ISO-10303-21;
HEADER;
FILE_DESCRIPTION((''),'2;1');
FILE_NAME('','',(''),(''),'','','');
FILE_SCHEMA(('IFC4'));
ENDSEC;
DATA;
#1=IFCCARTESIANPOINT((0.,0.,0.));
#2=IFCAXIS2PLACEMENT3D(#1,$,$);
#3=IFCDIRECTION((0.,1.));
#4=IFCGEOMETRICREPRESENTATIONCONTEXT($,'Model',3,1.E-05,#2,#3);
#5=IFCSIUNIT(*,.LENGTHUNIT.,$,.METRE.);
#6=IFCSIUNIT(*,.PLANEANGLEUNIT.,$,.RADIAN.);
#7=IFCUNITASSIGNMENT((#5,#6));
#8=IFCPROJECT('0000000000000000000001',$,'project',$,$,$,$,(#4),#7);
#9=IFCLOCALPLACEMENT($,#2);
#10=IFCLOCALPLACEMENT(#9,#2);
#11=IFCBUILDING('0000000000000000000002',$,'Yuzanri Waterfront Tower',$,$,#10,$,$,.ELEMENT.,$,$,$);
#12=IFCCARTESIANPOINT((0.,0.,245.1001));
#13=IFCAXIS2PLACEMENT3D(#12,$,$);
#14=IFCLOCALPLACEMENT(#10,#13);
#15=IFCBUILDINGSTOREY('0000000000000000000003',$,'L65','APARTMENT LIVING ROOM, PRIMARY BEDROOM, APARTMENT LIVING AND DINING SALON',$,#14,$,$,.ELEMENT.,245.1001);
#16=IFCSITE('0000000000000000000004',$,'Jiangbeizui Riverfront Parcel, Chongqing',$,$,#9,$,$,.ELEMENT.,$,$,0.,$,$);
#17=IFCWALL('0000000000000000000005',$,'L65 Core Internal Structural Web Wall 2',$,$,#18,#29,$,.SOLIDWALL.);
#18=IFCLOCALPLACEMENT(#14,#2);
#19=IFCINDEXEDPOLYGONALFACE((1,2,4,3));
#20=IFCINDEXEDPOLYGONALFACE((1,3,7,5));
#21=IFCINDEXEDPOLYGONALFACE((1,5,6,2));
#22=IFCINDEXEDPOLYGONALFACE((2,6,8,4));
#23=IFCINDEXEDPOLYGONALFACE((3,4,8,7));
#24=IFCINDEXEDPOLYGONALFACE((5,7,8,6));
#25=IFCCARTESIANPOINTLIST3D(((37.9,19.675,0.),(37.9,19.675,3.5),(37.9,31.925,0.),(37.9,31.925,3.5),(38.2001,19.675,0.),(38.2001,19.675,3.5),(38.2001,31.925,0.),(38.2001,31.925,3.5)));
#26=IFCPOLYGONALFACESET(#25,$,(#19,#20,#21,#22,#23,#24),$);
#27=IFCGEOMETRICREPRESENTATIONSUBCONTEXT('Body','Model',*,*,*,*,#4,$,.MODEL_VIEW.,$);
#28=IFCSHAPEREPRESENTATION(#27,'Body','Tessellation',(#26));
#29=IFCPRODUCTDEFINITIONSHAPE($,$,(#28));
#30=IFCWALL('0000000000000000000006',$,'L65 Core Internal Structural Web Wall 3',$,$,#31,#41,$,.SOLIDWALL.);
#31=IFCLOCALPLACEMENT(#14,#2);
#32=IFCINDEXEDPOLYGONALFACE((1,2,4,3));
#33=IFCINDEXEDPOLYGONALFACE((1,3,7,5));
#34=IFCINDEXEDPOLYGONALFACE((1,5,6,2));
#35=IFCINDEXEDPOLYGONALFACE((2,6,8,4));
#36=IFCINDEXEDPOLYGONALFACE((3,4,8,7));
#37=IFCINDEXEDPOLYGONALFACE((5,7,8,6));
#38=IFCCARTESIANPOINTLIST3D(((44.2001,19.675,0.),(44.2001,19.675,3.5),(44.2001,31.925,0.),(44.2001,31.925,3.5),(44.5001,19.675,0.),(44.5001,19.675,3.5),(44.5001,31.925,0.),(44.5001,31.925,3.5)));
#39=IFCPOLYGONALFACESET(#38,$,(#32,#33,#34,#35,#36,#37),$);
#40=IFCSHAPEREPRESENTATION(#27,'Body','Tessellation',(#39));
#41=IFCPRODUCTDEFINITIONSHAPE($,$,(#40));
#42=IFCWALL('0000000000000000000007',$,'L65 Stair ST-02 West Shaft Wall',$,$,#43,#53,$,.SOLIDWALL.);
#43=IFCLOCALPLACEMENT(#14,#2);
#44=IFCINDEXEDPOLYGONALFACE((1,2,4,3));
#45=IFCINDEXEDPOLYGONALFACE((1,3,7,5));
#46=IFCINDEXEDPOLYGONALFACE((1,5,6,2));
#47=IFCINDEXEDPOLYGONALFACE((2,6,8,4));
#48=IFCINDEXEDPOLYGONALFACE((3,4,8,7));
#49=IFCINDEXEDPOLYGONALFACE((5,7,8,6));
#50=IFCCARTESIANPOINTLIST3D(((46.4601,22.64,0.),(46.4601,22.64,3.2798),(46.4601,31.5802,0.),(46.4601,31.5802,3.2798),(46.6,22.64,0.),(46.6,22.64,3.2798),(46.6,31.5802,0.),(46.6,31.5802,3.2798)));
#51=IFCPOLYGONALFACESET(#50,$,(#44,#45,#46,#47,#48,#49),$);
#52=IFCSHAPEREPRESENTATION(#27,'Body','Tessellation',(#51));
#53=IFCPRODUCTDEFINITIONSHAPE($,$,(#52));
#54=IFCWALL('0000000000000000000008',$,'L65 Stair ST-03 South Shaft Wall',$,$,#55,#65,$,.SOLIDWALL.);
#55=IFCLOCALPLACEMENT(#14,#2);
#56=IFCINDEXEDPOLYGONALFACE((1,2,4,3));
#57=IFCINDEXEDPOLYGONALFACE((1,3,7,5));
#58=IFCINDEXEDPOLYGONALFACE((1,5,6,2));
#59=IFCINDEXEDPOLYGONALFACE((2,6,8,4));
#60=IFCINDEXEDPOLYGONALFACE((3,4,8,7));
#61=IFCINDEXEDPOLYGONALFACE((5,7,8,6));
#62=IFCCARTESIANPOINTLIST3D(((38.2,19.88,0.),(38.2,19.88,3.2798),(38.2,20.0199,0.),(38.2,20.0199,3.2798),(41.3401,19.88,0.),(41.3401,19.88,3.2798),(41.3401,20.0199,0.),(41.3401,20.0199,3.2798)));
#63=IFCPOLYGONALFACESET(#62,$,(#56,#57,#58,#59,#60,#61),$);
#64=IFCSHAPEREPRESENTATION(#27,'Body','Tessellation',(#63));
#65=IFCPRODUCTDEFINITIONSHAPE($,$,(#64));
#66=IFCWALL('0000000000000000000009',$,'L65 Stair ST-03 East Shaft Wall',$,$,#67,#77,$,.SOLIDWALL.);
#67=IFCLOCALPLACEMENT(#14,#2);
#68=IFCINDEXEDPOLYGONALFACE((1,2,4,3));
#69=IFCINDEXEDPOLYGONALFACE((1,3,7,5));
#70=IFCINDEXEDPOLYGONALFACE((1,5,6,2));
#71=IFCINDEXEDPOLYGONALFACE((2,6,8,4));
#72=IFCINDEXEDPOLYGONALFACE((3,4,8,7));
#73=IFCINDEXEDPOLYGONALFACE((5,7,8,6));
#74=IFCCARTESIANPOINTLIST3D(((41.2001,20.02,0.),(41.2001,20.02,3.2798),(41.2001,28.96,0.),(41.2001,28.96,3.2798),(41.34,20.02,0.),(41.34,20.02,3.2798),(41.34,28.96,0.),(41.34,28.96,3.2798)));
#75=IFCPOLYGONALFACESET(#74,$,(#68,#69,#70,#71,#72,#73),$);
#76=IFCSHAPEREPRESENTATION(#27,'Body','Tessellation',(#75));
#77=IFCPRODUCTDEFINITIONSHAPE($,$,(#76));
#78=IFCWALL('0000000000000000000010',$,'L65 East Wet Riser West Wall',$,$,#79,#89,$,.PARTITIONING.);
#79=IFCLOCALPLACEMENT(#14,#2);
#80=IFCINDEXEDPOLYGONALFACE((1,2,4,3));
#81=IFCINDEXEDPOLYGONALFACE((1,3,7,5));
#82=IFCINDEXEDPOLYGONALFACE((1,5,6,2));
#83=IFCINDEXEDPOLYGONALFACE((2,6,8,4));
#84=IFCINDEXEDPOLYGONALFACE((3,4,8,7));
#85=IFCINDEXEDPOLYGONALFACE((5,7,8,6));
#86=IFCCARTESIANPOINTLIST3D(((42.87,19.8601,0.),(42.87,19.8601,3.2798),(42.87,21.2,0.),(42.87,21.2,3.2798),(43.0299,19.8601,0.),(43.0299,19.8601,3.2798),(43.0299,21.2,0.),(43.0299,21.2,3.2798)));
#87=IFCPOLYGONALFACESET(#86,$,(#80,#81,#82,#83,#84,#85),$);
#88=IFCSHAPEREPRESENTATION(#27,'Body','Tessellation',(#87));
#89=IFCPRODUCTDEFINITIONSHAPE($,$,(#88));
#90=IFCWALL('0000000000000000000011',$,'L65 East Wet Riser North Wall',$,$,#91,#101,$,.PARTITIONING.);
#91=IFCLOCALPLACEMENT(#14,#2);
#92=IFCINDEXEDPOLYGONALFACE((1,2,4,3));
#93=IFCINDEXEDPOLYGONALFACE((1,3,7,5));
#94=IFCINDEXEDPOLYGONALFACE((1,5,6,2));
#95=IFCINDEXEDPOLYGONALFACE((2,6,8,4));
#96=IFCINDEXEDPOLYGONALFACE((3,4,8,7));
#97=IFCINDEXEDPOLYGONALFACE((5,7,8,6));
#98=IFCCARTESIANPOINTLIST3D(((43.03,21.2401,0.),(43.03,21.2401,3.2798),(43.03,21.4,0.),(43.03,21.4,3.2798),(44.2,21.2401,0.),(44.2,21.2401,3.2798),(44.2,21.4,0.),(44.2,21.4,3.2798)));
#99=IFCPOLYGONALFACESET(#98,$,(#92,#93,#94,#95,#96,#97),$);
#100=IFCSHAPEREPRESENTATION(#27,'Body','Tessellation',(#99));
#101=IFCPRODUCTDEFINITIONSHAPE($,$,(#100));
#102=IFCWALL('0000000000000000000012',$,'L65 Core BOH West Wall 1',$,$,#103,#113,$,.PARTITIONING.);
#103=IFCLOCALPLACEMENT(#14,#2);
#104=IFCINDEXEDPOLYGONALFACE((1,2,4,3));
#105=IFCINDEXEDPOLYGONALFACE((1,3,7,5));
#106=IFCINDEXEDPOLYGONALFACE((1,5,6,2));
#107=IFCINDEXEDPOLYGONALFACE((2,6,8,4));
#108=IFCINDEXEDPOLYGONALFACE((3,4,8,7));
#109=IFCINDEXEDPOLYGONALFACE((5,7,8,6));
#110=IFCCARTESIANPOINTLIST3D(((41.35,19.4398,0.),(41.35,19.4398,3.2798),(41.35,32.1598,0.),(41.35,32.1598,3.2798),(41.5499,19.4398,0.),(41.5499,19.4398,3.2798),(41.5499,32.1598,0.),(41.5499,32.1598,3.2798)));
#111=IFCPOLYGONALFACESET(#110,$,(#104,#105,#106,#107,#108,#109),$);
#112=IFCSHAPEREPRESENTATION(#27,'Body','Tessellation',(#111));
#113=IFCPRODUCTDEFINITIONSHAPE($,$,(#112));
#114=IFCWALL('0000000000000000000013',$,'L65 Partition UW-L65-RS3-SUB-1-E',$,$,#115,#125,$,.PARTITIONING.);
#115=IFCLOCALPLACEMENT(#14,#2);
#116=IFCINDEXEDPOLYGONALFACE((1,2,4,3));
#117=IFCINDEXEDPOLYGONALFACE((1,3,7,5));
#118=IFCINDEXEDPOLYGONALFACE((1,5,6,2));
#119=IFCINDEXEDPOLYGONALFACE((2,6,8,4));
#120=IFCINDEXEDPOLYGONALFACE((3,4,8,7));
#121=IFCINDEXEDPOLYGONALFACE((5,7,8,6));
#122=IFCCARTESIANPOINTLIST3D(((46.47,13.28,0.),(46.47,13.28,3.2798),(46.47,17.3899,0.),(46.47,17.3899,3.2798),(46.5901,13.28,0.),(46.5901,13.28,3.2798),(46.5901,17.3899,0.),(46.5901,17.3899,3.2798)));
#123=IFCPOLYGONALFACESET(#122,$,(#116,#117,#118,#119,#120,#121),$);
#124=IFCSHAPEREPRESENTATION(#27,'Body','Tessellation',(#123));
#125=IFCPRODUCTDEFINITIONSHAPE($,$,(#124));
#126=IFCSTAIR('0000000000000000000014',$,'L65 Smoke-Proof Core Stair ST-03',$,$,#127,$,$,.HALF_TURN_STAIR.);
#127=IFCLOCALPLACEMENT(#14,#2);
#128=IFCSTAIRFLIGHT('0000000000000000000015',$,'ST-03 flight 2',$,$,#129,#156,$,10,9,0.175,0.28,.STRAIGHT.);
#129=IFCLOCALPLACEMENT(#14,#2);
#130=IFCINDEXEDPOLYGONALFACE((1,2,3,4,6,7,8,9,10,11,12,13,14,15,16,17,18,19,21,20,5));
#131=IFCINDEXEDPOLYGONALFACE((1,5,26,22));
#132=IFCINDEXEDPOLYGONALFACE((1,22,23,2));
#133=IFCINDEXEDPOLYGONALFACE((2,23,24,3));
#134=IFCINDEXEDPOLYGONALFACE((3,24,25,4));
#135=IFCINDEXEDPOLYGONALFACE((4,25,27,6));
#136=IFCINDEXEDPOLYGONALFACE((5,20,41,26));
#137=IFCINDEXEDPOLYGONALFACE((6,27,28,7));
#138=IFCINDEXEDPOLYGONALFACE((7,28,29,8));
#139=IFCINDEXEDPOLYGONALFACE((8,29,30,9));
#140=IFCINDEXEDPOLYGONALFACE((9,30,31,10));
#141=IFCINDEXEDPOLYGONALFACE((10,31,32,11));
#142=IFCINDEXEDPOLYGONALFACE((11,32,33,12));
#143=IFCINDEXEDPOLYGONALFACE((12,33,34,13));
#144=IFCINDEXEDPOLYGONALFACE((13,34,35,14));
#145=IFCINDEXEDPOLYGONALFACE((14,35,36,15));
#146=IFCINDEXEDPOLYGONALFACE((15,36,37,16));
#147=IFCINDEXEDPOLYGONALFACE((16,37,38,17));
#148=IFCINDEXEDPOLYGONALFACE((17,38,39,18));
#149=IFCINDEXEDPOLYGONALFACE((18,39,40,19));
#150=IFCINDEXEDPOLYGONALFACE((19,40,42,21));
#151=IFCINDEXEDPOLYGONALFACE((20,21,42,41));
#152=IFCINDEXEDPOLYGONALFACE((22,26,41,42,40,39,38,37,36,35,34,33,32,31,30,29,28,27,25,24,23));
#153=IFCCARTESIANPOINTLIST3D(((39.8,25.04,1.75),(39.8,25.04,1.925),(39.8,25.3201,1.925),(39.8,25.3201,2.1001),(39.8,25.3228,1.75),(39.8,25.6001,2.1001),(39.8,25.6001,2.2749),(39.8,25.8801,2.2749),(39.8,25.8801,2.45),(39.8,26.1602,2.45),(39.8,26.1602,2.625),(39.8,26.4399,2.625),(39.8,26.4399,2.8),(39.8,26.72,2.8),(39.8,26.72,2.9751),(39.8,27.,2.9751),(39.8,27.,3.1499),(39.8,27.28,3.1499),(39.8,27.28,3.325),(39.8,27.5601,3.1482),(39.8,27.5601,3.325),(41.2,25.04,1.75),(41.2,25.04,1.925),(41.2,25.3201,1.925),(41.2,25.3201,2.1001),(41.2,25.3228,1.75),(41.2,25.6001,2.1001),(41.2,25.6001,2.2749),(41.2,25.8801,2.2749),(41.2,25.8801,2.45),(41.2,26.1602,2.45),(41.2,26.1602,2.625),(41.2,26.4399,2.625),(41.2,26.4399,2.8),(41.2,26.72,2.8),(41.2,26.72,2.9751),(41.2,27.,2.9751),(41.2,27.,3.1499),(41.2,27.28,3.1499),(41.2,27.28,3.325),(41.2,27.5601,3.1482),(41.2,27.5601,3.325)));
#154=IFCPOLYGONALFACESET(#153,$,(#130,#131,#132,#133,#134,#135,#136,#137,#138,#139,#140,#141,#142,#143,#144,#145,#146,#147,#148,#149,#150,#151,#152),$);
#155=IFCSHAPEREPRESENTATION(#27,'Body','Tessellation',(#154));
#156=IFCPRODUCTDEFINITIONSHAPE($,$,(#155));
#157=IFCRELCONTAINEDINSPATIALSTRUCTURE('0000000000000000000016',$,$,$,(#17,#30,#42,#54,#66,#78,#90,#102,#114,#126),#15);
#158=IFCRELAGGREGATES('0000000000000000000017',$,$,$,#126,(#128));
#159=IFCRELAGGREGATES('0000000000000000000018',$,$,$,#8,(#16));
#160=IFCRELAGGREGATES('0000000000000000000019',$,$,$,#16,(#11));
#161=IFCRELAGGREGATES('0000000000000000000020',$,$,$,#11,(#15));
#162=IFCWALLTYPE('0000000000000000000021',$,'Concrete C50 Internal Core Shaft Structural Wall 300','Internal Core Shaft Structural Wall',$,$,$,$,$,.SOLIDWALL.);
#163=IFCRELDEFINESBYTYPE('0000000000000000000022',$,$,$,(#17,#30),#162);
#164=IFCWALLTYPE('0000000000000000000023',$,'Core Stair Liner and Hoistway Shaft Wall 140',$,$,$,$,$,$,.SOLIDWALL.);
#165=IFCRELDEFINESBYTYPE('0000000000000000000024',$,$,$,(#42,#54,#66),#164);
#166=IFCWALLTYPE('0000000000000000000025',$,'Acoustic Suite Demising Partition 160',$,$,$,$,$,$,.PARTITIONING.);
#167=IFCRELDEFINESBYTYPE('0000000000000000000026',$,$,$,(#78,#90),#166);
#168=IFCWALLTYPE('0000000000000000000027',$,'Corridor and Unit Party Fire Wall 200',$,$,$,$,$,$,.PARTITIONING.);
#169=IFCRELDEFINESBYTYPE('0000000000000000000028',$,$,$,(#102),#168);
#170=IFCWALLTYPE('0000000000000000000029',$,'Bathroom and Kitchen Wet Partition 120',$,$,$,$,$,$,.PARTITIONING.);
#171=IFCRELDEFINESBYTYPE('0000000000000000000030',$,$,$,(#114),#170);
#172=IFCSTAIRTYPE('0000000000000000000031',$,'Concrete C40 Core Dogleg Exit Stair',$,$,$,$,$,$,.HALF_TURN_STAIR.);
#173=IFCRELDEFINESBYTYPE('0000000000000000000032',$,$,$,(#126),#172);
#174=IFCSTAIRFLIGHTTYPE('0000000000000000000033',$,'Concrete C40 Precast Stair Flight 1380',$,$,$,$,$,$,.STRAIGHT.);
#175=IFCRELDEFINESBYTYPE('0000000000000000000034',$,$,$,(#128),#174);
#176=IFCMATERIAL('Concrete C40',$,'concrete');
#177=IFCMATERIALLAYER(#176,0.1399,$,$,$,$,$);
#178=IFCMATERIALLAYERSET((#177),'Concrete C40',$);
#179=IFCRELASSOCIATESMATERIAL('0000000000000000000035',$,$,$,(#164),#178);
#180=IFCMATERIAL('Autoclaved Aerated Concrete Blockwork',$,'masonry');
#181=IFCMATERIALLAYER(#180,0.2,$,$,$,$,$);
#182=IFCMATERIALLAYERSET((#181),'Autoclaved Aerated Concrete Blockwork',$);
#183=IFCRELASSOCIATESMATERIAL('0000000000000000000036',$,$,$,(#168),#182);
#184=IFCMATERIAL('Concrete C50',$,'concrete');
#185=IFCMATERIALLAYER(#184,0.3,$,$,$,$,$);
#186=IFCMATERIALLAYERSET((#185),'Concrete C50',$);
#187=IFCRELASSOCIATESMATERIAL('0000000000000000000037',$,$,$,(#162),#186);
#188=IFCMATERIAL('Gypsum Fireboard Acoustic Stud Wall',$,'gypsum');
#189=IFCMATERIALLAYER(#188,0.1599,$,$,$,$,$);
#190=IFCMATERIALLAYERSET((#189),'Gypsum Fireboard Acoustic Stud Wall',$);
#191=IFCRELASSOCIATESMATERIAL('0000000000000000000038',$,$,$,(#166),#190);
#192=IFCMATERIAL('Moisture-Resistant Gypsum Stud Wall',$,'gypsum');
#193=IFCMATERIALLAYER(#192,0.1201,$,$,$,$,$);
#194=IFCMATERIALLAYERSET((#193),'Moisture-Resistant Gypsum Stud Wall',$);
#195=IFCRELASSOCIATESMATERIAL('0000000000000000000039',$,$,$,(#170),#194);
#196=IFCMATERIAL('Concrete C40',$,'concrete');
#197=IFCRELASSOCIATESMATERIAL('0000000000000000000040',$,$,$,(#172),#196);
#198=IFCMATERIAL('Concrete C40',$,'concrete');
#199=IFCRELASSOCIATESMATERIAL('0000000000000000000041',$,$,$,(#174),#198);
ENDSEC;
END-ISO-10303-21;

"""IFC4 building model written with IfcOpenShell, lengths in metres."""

from ifc_helpers import new_model, si_unit, direction, frame, frame_2d, origin, place, context, subcontext, project, spatial, polyline, rectangle, outline, extrude, source, transform, mapped, material, layer, layer_set, type_object, element, aggregate, save


model = new_model("IFC4")

# Units and contexts
model_context = context("Model", 3, precision=1e-05, world=origin(), true_north=direction((0.0, 1.0)))
body_context = subcontext(model_context, "Body", "Model", "MODEL_VIEW")
ifc_project = project(units=[si_unit("LENGTHUNIT", "METRE"), si_unit("PLANEANGLEUNIT", "RADIAN")], contexts=[model_context])

# Site, building, storey
site_placement = place(None, origin())
site = spatial("IfcSite", under=ifc_project, at=site_placement, Name="Jiangbeizui Riverfront Parcel, Chongqing", CompositionType="ELEMENT", RefElevation=0.0)
building_placement = place(site_placement, origin())
building = spatial("IfcBuilding", under=site, at=building_placement, Name="Yuzanri Waterfront Tower", CompositionType="ELEMENT")
storey_placement = place(building_placement, frame((0.0, 0.0, 245.1001)))
storey = spatial("IfcBuildingStorey", under=building, at=storey_placement, Name="L65", Description="APARTMENT LIVING ROOM, PRIMARY BEDROOM, APARTMENT LIVING AND DINING SALON", CompositionType="ELEMENT", Elevation=245.1001)

# Shared definitions
ifc_material_1 = material(Name="Concrete C40", Category="concrete")
ifc_layer_1 = layer(ifc_material_1, 0.1399)
ifc_layer_set_1 = layer_set([ifc_layer_1], Name="Concrete C40")
wall_type_1 = type_object("IfcWallType", Name="Core Stair Liner and Hoistway Shaft Wall 140", PredefinedType="SOLIDWALL", material=ifc_layer_set_1)
ifc_material_2 = material(Name="Autoclaved Aerated Concrete Blockwork", Category="masonry")
ifc_layer_2 = layer(ifc_material_2, 0.2)
ifc_layer_set_2 = layer_set([ifc_layer_2], Name="Autoclaved Aerated Concrete Blockwork")
wall_type_2 = type_object("IfcWallType", Name="Corridor and Unit Party Fire Wall 200", PredefinedType="PARTITIONING", material=ifc_layer_set_2)

# Walls
ifc_material_3 = material(Name="Concrete C50", Category="concrete")
ifc_layer_3 = layer(ifc_material_3, 0.3)
ifc_layer_set_3 = layer_set([ifc_layer_3], Name="Concrete C50")
wall_type_3 = type_object("IfcWallType", Name="Concrete C50 Internal Core Shaft Structural Wall 300", Description="Internal Core Shaft Structural Wall", PredefinedType="SOLIDWALL", material=ifc_layer_set_3)
shared_shape_1 = source(origin(), body_context, "Body", "SweptSolid", [
    extrude(rectangle(XDim=12.25, YDim=0.3, at=frame_2d((6.125, 0.0))), origin(), (0.0, 0.0, 1.0), 3.5),
])
for number, where, z_axis, x_axis, name in (
    (1, (38.05, 19.675, 0.0), (0.0, 0.0, 1.0), (0.0, 1.0, 0.0), "L65 Core Internal Structural Web Wall 2"),
    (2, (44.3501, 19.675, 0.0), (0.0, 0.0, 1.0), (0.0, 1.0, 0.0), "L65 Core Internal Structural Web Wall 3"),
):
    element("IfcWall", number, at=place(storey_placement, frame(where, z_axis=z_axis, x_axis=x_axis)), inside=storey, type_object=wall_type_3, Name=name, PredefinedType="SOLIDWALL", context=body_context, shape_type="MappedRepresentation", body=[
        mapped(shared_shape_1, transform((0.0, 0.0, 0.0), scale=1.0)),
    ])
shared_shape_2 = source(origin(), body_context, "Body", "SweptSolid", [
    extrude(rectangle(XDim=8.9402, YDim=0.1399, at=frame_2d((4.4702, 0.0))), origin(), (0.0, 0.0, 1.0), 3.2798),
])
wall_1_placement = place(storey_placement, frame((46.53, 22.6399, 0.0), z_axis=(0.0, 0.0, 1.0), x_axis=(0.0, 1.0, 0.0)))
element("IfcWall", 3, at=wall_1_placement, inside=storey, type_object=wall_type_1, Name="L65 Stair ST-02 West Shaft Wall", PredefinedType="SOLIDWALL", context=body_context, shape_type="MappedRepresentation", body=[
    mapped(shared_shape_2, transform((0.0, 0.0, 0.0), scale=1.0)),
])
shared_shape_3 = source(origin(), body_context, "Body", "SweptSolid", [
    extrude(rectangle(XDim=3.1401, YDim=0.1399, at=frame_2d((1.5701, 0.0))), origin(), (0.0, 0.0, 1.0), 3.2798),
])
wall_2_placement = place(storey_placement, frame((38.2, 19.95, 0.0), z_axis=(0.0, 0.0, 1.0), x_axis=(1.0, 0.0, 0.0)))
element("IfcWall", 4, at=wall_2_placement, inside=storey, type_object=wall_type_1, Name="L65 Stair ST-03 South Shaft Wall", PredefinedType="SOLIDWALL", context=body_context, shape_type="MappedRepresentation", body=[
    mapped(shared_shape_3, transform((0.0, 0.0, 0.0), scale=1.0)),
])
shared_shape_4 = source(origin(), body_context, "Body", "SweptSolid", [
    extrude(rectangle(XDim=8.9399, YDim=0.1399, at=frame_2d((4.47, 0.0))), origin(), (0.0, 0.0, 1.0), 3.2798),
])
wall_3_placement = place(storey_placement, frame((41.27, 20.02, 0.0), z_axis=(0.0, 0.0, 1.0), x_axis=(0.0, 1.0, 0.0)))
element("IfcWall", 5, at=wall_3_placement, inside=storey, type_object=wall_type_1, Name="L65 Stair ST-03 East Shaft Wall", PredefinedType="SOLIDWALL", context=body_context, shape_type="MappedRepresentation", body=[
    mapped(shared_shape_4, transform((0.0, 0.0, 0.0), scale=1.0)),
])
ifc_material_4 = material(Name="Gypsum Fireboard Acoustic Stud Wall", Category="gypsum")
ifc_layer_4 = layer(ifc_material_4, 0.1599)
ifc_layer_set_4 = layer_set([ifc_layer_4], Name="Gypsum Fireboard Acoustic Stud Wall")
wall_type_4 = type_object("IfcWallType", Name="Acoustic Suite Demising Partition 160", PredefinedType="PARTITIONING", material=ifc_layer_set_4)
shared_shape_5 = source(origin(), body_context, "Body", "SweptSolid", [
    extrude(rectangle(XDim=1.3398, YDim=0.1599, at=frame_2d((0.6699, 0.0))), origin(), (0.0, 0.0, 1.0), 3.2798),
])
wall_4_placement = place(storey_placement, frame((42.95, 19.8601, 0.0), z_axis=(0.0, 0.0, 1.0), x_axis=(0.0, 1.0, 0.0)))
element("IfcWall", 6, at=wall_4_placement, inside=storey, type_object=wall_type_4, Name="L65 East Wet Riser West Wall", PredefinedType="PARTITIONING", context=body_context, shape_type="MappedRepresentation", body=[
    mapped(shared_shape_5, transform((0.0, 0.0, 0.0), scale=1.0)),
])
shared_shape_6 = source(origin(), body_context, "Body", "SweptSolid", [
    extrude(rectangle(XDim=1.1699, YDim=0.1599, at=frame_2d((0.585, 0.0))), origin(), (0.0, 0.0, 1.0), 3.2798),
])
wall_5_placement = place(storey_placement, frame((43.03, 21.3201, 0.0), z_axis=(0.0, 0.0, 1.0), x_axis=(1.0, 0.0, 0.0)))
element("IfcWall", 7, at=wall_5_placement, inside=storey, type_object=wall_type_4, Name="L65 East Wet Riser North Wall", PredefinedType="PARTITIONING", context=body_context, shape_type="MappedRepresentation", body=[
    mapped(shared_shape_6, transform((0.0, 0.0, 0.0), scale=1.0)),
])
shared_shape_7 = source(origin(), body_context, "Body", "SweptSolid", [
    extrude(rectangle(XDim=12.72, YDim=0.2, at=frame_2d((6.3599, 0.0))), origin(), (0.0, 0.0, 1.0), 3.2798),
])
wall_6_placement = place(storey_placement, frame((41.45, 19.4399, 0.0), z_axis=(0.0, 0.0, 1.0), x_axis=(0.0, 1.0, 0.0)))
element("IfcWall", 8, at=wall_6_placement, inside=storey, type_object=wall_type_2, Name="L65 Core BOH West Wall 1", PredefinedType="PARTITIONING", context=body_context, shape_type="MappedRepresentation", body=[
    mapped(shared_shape_7, transform((0.0, 0.0, 0.0), scale=1.0)),
])
ifc_material_5 = material(Name="Moisture-Resistant Gypsum Stud Wall", Category="gypsum")
ifc_layer_5 = layer(ifc_material_5, 0.1201)
ifc_layer_set_5 = layer_set([ifc_layer_5], Name="Moisture-Resistant Gypsum Stud Wall")
wall_type_5 = type_object("IfcWallType", Name="Bathroom and Kitchen Wet Partition 120", PredefinedType="PARTITIONING", material=ifc_layer_set_5)
shared_shape_8 = source(origin(), body_context, "Body", "SweptSolid", [
    extrude(rectangle(XDim=4.1099, YDim=0.1201, at=frame_2d((2.0549, 0.0))), origin(), (0.0, 0.0, 1.0), 3.2798),
])
wall_7_placement = place(storey_placement, frame((46.53, 13.28, 0.0), z_axis=(0.0, 0.0, 1.0), x_axis=(0.0, 1.0, 0.0)))
element("IfcWall", 9, at=wall_7_placement, inside=storey, type_object=wall_type_5, Name="L65 Partition UW-L65-RS3-SUB-1-E", PredefinedType="PARTITIONING", context=body_context, shape_type="MappedRepresentation", body=[
    mapped(shared_shape_8, transform((0.0, 0.0, 0.0), scale=1.0)),
])

# Stair, stair flight
ifc_material_6 = material(Name="Concrete C40", Category="concrete")
stair_type = type_object("IfcStairType", Name="Concrete C40 Core Dogleg Exit Stair", PredefinedType="HALF_TURN_STAIR", material=ifc_material_6)
stair_placement = place(storey_placement, origin())
stair = element("IfcStair", 10, at=stair_placement, inside=storey, type_object=stair_type, Name="L65 Smoke-Proof Core Stair ST-03", PredefinedType="HALF_TURN_STAIR")
ifc_material_7 = material(Name="Concrete C40", Category="concrete")
stair_flight_type = type_object("IfcStairFlightType", Name="Concrete C40 Precast Stair Flight 1380", PredefinedType="STRAIGHT", material=ifc_material_7)
shared_shape_9 = source(origin(), body_context, "Body", "SweptSolid", [
    extrude(outline(polyline([(0.0, 0.0), (0.0, 0.175), (0.28, 0.175), (0.28, 0.3501), (0.5601, 0.3501), (0.5601, 0.5249), (0.8401, 0.5249), (0.8401, 0.7), (1.1201, 0.7), (1.1201, 0.875), (1.3999, 0.875), (1.3999, 1.05), (1.6799, 1.05), (1.6799, 1.2251), (1.96, 1.2251), (1.96, 1.3999), (2.24, 1.3999), (2.24, 1.575), (2.52, 1.575), (2.52, 1.75), (2.52, 1.3982), (0.2827, 0.0), (0.0, 0.0)])), frame((0.0, 0.7, 0.0), z_axis=(0.0, -1.0, 0.0), x_axis=(1.0, 0.0, 0.0)), (0.0, 0.0, 1.0), 1.3999),
])
stair_flight_placement = place(storey_placement, frame((40.5, 25.04, 1.75), z_axis=(0.0, 0.0, 1.0), x_axis=(0.0, 1.0, 0.0)))
stair_flight = element("IfcStairFlight", 11, at=stair_flight_placement, type_object=stair_flight_type, Name="ST-03 flight 2", NumberOfRisers=10, NumberOfTreads=9, PredefinedType="STRAIGHT", RiserHeight=0.175, TreadLength=0.28, context=body_context, shape_type="MappedRepresentation", body=[
    mapped(shared_shape_9, transform((0.0, 0.0, 0.0), scale=1.0)),
])
aggregate(stair, [stair_flight])

save(model, "model.ifc")
